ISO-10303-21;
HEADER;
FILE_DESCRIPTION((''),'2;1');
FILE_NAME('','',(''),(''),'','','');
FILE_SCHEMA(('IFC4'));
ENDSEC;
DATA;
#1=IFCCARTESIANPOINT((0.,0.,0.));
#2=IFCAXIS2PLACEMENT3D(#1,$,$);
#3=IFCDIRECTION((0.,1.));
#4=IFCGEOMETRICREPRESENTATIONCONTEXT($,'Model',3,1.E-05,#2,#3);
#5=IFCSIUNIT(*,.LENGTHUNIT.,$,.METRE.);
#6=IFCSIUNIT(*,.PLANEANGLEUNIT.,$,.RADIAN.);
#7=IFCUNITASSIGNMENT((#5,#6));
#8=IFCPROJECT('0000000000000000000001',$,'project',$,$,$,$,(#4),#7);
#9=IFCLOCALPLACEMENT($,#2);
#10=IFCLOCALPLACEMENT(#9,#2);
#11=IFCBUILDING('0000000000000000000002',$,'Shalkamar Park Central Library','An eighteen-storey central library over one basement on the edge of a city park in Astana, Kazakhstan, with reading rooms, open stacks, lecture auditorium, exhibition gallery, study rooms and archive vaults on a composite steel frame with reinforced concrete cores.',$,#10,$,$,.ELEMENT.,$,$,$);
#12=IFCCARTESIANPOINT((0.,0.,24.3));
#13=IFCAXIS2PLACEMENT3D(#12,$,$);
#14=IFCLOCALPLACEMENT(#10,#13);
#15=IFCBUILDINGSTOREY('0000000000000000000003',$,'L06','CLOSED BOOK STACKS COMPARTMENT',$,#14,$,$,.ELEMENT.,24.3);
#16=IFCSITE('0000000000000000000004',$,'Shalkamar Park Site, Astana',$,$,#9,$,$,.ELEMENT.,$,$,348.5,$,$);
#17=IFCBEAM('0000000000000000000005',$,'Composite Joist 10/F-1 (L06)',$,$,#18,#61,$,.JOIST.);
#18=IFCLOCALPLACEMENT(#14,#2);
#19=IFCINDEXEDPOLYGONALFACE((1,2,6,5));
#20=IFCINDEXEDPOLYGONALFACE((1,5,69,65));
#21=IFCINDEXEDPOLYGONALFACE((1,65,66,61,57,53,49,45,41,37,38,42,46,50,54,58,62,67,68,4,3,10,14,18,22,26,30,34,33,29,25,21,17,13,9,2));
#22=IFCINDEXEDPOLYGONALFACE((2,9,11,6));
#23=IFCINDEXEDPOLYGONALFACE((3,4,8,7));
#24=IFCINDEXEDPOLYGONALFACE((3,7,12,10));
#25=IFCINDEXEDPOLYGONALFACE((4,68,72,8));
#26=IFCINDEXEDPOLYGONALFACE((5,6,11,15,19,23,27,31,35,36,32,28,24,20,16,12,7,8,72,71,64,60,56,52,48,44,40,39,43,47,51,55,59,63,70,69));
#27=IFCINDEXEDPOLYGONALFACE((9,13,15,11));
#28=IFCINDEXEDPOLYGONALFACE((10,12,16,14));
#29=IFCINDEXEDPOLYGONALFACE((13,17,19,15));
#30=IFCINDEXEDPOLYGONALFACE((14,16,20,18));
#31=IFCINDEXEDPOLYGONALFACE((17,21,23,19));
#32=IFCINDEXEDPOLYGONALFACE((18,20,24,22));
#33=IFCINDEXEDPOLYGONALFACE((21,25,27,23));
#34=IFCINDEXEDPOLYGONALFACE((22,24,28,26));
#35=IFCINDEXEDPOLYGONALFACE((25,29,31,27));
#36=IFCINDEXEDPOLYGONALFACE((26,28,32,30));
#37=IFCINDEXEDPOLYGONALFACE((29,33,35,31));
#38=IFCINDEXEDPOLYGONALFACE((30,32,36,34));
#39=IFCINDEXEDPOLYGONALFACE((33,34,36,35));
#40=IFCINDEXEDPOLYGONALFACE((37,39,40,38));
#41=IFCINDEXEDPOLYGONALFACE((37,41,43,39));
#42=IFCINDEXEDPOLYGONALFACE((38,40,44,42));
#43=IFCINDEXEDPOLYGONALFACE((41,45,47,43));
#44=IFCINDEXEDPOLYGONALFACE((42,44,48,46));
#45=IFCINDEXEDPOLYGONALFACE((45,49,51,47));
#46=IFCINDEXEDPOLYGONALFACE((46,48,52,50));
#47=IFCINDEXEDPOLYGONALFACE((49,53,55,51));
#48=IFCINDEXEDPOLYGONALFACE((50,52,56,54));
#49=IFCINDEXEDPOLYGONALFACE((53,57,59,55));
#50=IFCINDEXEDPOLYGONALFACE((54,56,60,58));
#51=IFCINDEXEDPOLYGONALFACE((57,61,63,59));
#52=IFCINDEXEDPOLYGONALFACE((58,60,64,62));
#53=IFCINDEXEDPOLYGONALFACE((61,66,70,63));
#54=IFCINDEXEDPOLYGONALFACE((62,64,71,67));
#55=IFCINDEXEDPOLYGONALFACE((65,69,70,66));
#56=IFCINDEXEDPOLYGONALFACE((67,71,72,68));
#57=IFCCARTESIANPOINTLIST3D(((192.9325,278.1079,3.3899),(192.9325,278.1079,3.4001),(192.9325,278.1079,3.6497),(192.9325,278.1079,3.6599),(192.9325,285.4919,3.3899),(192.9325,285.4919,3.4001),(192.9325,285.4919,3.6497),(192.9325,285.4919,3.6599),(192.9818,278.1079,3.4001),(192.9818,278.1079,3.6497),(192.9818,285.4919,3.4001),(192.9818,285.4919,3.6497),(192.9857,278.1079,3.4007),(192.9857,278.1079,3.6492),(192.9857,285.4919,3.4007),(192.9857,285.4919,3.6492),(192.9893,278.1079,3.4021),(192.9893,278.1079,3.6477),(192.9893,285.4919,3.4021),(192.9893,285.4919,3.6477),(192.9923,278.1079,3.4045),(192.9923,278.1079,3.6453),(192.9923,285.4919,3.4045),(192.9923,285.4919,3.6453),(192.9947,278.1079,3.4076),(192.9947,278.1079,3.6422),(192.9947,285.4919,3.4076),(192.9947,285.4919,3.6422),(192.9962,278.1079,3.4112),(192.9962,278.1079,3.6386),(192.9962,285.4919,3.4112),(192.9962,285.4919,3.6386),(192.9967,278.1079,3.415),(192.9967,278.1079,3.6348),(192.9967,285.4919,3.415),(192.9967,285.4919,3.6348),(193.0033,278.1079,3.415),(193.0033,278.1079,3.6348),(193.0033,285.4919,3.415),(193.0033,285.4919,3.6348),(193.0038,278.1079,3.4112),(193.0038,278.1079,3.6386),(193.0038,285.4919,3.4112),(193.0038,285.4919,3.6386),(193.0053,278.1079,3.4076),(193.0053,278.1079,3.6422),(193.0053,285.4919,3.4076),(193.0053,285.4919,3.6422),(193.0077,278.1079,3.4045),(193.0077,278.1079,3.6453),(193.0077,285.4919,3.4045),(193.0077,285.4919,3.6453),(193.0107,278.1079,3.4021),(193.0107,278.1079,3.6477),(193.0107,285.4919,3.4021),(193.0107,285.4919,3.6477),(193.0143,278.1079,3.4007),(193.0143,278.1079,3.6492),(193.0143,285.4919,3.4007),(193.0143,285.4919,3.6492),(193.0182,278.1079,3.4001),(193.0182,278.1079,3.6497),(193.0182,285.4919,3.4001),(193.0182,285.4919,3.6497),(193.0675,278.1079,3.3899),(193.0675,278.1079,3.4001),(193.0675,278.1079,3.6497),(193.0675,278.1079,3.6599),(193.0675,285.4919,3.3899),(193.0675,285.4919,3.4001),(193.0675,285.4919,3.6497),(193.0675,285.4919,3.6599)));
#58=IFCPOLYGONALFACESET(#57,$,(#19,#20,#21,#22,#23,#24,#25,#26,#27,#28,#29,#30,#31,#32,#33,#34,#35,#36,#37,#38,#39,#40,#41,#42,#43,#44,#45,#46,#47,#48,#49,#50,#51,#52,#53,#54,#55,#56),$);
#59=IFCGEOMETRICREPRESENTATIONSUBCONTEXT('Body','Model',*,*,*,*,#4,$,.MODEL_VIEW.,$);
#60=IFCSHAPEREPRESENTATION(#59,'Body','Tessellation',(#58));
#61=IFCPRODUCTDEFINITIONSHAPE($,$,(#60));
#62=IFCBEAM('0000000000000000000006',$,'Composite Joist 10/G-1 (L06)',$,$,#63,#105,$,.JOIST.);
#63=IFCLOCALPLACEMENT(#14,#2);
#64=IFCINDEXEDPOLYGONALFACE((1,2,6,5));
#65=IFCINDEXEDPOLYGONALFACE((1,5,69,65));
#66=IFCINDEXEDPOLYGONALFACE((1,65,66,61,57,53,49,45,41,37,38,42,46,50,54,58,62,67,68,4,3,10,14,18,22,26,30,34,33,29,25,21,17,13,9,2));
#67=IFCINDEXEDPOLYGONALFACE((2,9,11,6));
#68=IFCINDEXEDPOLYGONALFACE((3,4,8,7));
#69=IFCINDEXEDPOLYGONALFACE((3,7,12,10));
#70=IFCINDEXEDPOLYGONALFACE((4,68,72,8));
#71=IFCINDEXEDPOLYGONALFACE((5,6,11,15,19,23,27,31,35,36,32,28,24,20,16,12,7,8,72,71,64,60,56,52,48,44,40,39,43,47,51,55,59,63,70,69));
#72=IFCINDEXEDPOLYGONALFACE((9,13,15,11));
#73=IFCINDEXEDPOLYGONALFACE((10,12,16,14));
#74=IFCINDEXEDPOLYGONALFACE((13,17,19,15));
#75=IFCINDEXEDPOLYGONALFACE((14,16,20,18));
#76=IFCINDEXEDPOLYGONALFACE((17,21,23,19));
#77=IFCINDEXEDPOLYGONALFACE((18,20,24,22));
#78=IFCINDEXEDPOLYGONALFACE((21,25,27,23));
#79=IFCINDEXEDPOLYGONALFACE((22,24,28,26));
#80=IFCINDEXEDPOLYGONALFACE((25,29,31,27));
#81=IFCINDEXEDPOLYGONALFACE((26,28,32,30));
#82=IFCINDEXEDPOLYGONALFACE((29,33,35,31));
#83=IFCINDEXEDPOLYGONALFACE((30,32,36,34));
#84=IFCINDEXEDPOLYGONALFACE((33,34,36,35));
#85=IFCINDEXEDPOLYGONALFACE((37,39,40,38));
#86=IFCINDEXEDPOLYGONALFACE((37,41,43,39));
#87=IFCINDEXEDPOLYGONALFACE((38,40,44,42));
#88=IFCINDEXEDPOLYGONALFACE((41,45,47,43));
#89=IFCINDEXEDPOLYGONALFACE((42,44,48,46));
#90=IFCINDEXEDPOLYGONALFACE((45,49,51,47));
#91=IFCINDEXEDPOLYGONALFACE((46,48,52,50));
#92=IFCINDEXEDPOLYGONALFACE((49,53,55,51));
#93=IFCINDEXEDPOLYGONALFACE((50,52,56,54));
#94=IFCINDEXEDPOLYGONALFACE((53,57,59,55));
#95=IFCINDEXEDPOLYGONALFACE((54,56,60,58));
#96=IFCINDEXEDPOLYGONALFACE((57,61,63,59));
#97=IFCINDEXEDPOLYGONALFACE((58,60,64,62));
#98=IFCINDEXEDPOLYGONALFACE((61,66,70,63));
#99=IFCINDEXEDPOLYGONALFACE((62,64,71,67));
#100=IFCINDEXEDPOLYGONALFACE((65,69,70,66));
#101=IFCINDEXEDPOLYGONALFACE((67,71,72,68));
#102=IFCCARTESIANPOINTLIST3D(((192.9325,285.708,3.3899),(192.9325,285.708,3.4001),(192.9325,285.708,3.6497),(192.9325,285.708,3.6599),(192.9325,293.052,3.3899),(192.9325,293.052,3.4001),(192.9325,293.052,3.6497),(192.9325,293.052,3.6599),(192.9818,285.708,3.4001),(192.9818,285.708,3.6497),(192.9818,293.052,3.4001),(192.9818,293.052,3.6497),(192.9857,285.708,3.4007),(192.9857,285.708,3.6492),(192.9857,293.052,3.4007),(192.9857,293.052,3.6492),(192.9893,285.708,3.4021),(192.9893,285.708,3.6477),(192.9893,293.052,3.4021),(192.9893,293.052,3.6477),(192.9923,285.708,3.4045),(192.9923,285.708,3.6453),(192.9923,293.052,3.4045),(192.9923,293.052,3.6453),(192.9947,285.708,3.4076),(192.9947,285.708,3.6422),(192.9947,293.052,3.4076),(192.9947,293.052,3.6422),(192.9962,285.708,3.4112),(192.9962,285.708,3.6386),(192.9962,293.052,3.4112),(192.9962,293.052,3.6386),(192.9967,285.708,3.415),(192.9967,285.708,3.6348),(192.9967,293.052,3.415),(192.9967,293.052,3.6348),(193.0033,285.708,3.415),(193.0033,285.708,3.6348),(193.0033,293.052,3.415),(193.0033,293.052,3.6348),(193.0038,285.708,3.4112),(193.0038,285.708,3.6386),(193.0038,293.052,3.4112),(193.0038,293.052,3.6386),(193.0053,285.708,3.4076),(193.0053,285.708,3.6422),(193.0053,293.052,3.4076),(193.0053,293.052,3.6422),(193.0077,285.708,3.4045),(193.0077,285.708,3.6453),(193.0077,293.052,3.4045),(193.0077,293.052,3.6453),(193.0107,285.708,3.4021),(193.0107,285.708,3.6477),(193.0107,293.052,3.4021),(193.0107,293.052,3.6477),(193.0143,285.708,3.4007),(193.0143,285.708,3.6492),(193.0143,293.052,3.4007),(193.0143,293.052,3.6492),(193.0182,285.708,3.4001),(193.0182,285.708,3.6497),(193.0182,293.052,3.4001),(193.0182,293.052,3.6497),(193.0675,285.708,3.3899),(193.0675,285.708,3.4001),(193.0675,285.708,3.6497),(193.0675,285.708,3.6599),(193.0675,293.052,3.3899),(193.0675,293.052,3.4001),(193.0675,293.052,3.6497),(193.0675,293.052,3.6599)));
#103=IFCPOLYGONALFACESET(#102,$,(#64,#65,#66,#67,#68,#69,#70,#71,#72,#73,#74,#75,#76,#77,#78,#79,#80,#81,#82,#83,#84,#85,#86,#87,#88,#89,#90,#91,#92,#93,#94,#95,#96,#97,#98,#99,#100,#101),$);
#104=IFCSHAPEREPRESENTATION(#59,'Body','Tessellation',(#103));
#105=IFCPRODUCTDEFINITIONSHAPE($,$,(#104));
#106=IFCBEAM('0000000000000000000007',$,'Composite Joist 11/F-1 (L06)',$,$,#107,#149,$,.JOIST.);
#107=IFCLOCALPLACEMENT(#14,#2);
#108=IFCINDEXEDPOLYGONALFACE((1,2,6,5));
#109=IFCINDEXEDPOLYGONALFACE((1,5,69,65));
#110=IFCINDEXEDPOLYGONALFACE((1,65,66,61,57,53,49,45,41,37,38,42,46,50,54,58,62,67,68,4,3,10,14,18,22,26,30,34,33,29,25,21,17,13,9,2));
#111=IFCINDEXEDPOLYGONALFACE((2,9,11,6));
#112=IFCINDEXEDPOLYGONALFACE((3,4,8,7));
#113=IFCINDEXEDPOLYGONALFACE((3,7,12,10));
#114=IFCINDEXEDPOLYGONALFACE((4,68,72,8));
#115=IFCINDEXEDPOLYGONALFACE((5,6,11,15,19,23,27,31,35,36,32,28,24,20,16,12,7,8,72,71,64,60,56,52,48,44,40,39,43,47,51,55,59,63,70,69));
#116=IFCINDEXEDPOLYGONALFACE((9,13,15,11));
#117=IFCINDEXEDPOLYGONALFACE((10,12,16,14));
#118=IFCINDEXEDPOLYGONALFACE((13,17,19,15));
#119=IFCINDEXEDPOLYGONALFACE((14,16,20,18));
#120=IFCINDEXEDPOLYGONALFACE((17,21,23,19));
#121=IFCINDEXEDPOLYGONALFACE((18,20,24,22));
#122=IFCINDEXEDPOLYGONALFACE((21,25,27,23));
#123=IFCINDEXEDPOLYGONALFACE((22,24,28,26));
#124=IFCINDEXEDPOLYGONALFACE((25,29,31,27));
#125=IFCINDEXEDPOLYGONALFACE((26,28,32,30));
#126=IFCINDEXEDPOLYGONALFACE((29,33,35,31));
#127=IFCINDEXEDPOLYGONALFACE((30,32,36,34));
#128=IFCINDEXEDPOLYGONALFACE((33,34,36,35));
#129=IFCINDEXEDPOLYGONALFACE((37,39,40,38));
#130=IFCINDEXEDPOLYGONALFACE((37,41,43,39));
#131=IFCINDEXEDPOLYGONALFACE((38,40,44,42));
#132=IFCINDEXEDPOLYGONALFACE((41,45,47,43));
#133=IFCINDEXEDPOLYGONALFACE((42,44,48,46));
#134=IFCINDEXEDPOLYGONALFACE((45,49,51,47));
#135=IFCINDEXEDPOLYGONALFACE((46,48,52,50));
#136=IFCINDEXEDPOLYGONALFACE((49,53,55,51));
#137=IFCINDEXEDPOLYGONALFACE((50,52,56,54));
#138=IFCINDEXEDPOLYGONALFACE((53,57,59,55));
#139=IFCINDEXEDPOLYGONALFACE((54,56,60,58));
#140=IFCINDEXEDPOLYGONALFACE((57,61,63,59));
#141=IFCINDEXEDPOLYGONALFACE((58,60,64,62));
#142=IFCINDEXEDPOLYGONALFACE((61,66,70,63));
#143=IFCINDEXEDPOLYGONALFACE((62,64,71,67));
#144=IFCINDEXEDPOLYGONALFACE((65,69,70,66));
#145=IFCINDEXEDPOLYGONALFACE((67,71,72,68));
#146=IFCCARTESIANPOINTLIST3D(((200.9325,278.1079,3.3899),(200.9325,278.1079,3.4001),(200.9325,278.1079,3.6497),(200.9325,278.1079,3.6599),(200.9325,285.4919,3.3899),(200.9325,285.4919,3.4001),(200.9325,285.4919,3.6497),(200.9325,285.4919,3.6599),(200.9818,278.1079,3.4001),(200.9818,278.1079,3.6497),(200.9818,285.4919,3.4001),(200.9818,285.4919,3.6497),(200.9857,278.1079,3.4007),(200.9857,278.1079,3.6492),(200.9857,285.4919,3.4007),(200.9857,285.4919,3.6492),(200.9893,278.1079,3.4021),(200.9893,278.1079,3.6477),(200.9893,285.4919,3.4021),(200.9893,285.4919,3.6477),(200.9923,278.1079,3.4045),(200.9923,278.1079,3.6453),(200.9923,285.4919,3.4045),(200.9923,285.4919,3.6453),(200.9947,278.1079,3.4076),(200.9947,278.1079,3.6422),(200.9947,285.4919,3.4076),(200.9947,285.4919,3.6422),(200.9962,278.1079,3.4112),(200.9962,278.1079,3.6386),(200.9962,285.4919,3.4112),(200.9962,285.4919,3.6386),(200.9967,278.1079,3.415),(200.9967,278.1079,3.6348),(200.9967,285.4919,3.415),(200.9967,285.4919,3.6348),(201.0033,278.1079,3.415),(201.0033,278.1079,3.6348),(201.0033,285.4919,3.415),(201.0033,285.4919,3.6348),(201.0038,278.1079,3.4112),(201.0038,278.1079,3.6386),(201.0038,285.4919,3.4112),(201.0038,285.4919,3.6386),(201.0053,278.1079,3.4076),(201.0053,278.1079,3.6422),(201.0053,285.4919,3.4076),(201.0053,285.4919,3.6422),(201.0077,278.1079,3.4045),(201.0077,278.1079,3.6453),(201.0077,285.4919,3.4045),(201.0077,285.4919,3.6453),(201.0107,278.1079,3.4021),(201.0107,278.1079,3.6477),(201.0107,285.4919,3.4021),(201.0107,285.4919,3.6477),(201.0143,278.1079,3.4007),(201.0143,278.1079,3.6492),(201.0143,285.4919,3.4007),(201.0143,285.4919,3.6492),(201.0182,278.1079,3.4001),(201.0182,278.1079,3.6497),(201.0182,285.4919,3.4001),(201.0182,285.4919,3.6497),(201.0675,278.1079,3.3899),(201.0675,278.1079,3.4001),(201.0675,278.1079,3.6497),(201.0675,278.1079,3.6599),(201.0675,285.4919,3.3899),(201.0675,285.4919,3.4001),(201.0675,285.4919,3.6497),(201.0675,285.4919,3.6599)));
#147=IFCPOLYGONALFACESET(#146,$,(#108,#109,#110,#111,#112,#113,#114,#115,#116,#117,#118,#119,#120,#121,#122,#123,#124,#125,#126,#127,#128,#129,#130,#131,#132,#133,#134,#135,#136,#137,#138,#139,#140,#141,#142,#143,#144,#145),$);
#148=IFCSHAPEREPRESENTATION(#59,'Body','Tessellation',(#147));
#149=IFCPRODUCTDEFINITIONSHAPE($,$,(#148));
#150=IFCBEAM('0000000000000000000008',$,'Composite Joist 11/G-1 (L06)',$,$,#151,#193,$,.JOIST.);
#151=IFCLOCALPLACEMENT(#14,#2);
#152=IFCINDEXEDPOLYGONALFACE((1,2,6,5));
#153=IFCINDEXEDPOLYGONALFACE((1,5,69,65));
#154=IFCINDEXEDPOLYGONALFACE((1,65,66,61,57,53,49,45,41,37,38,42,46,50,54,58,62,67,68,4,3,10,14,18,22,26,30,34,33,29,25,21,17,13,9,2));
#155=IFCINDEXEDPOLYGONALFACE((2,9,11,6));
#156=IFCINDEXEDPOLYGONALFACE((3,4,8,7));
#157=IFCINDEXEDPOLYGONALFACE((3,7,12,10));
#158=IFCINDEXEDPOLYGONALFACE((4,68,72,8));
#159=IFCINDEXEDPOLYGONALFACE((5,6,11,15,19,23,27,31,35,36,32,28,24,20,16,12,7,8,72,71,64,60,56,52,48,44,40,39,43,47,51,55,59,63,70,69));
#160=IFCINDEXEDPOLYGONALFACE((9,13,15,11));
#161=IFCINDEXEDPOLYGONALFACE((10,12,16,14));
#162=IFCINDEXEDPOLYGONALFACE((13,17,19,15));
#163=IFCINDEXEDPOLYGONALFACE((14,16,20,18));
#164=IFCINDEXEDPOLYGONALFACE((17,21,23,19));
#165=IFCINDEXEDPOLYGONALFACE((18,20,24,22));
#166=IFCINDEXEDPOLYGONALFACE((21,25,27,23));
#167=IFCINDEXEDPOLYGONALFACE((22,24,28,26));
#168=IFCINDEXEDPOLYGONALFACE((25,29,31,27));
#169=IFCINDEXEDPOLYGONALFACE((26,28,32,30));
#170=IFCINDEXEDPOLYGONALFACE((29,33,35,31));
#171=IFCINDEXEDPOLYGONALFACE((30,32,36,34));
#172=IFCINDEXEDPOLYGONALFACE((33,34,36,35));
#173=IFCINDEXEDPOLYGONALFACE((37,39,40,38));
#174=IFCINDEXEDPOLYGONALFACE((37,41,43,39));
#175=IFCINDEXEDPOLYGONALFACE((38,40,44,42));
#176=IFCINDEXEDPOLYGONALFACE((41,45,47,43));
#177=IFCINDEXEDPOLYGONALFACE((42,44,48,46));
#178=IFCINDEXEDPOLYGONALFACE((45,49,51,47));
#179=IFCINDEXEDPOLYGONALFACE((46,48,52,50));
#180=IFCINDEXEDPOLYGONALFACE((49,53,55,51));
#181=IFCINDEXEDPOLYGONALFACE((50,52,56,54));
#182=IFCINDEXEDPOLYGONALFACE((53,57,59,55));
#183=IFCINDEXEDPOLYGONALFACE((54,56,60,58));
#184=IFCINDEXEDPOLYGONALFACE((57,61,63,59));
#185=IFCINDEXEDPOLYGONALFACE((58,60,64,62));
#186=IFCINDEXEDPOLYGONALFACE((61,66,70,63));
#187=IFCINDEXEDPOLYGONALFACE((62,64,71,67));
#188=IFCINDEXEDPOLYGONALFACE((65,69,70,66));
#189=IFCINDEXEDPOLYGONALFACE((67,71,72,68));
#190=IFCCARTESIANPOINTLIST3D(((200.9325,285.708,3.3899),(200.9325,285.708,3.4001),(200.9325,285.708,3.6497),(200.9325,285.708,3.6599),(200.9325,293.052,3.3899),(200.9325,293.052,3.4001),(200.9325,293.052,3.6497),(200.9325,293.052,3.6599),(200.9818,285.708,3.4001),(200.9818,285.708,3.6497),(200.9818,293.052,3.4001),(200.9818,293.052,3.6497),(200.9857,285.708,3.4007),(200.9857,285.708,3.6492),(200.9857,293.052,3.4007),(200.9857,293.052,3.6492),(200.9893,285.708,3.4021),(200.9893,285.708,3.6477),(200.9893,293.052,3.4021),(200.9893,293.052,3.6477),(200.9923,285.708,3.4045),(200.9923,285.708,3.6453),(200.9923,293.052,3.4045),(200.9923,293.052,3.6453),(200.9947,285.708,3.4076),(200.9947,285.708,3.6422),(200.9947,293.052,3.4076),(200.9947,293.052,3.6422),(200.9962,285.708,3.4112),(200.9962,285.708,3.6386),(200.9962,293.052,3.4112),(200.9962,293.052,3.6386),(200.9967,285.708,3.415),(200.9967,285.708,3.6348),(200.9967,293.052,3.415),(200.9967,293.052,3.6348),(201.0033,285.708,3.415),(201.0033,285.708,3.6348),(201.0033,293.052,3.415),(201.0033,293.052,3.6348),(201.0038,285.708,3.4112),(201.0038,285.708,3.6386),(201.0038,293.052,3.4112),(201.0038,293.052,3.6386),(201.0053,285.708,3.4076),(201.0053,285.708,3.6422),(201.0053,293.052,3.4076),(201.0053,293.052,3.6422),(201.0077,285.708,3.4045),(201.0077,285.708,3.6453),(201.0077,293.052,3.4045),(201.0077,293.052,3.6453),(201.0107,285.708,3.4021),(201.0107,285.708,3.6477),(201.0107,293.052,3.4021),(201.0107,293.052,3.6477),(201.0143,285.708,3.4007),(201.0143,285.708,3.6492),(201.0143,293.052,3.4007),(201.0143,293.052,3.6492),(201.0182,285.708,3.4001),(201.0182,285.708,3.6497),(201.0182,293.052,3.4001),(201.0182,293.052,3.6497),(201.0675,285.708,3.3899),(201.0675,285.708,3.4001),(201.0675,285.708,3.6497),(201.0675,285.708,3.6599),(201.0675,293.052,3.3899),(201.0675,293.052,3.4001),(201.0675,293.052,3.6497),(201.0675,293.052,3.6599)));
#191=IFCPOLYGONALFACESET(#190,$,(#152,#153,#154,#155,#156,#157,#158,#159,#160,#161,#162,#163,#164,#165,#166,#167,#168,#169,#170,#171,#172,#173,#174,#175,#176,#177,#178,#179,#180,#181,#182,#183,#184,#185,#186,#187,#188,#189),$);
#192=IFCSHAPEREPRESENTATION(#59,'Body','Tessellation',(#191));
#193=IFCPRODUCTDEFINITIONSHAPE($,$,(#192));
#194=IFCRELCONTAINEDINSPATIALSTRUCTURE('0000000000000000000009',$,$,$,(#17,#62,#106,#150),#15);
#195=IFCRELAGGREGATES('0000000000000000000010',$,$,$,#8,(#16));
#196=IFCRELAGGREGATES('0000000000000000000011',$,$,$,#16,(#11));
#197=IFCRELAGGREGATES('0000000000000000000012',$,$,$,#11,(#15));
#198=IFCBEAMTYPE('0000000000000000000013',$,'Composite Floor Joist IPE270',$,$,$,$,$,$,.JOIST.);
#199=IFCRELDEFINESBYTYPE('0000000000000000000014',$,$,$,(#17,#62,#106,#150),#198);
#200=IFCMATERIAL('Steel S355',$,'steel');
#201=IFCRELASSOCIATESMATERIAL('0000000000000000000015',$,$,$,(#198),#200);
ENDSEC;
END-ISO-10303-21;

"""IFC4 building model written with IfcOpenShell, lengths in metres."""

from ifc_helpers import new_model, si_unit, direction, frame, origin, origin_2d, place, context, subcontext, project, spatial, i_section, extrude, material, material_profile, profile_set, type_object, element, save


model = new_model("IFC4")

# Units and contexts
model_context = context("Model", 3, precision=1e-05, world=origin(), true_north=direction((0.0, 1.0)))
body_context = subcontext(model_context, "Body", "Model", "MODEL_VIEW")
ifc_project = project(units=[si_unit("LENGTHUNIT", "METRE"), si_unit("PLANEANGLEUNIT", "RADIAN")], contexts=[model_context])

# Site, building, storey
site_placement = place(None, origin())
site = spatial("IfcSite", under=ifc_project, at=site_placement, Name="Shalkamar Park Site, Astana", CompositionType="ELEMENT", RefElevation=348.5)
building_placement = place(site_placement, origin())
building = spatial("IfcBuilding", under=site, at=building_placement, Name="Shalkamar Park Central Library", Description="An eighteen-storey central library over one basement on the edge of a city park in Astana, Kazakhstan, with reading rooms, open stacks, lecture auditorium, exhibition gallery, study rooms and archive vaults on a composite steel frame with reinforced concrete cores.", CompositionType="ELEMENT")
storey_placement = place(building_placement, frame((0.0, 0.0, 24.3)))
storey = spatial("IfcBuildingStorey", under=building, at=storey_placement, Name="L06", Description="CLOSED BOOK STACKS COMPARTMENT", CompositionType="ELEMENT", Elevation=24.3)

# Shared definitions
ifc_material_1 = material(Name="Steel S355", Category="steel")

# Beams
ifc_material_profile_1 = material_profile(ifc_material_1, i_section(OverallWidth=0.135, OverallDepth=0.27, WebThickness=0.0066, FlangeThickness=0.0103, FilletRadius=0.0149, at=origin_2d()), Name="IPE 270")
ifc_profile_set_1 = profile_set([ifc_material_profile_1], Name="Steel S355")
beam_type_1 = type_object("IfcBeamType", Name="Composite Floor Joist IPE270", PredefinedType="JOIST", material=ifc_profile_set_1)
beam_1_placement = place(storey_placement, frame((193.0, 278.1079, 3.5249), z_axis=(0.0, 1.0, 0.0), x_axis=(-1.0, 0.0, 0.0)))
element("IfcBeam", 1, at=beam_1_placement, inside=storey, type_object=beam_type_1, Name="Composite Joist 10/F-1 (L06)", PredefinedType="JOIST", context=body_context, shape_type="SweptSolid", body=[
    extrude(i_section(OverallWidth=0.135, OverallDepth=0.27, WebThickness=0.0066, FlangeThickness=0.0103, FilletRadius=0.0149, at=origin_2d()), origin(), (0.0, 0.0, 1.0), 7.384),
])
beam_2_placement = place(storey_placement, frame((193.0, 285.708, 3.5249), z_axis=(0.0, 1.0, 0.0), x_axis=(-1.0, 0.0, 0.0)))
element("IfcBeam", 2, at=beam_2_placement, inside=storey, type_object=beam_type_1, Name="Composite Joist 10/G-1 (L06)", PredefinedType="JOIST", context=body_context, shape_type="SweptSolid", body=[
    extrude(i_section(OverallWidth=0.135, OverallDepth=0.27, WebThickness=0.0066, FlangeThickness=0.0103, FilletRadius=0.0149, at=origin_2d()), origin(), (0.0, 0.0, 1.0), 7.344),
])
beam_3_placement = place(storey_placement, frame((201.0, 278.1079, 3.5249), z_axis=(0.0, 1.0, 0.0), x_axis=(-1.0, 0.0, 0.0)))
element("IfcBeam", 3, at=beam_3_placement, inside=storey, type_object=beam_type_1, Name="Composite Joist 11/F-1 (L06)", PredefinedType="JOIST", context=body_context, shape_type="SweptSolid", body=[
    extrude(i_section(OverallWidth=0.135, OverallDepth=0.27, WebThickness=0.0066, FlangeThickness=0.0103, FilletRadius=0.0149, at=origin_2d()), origin(), (0.0, 0.0, 1.0), 7.384),
])
beam_4_placement = place(storey_placement, frame((201.0, 285.708, 3.5249), z_axis=(0.0, 1.0, 0.0), x_axis=(-1.0, 0.0, 0.0)))
element("IfcBeam", 4, at=beam_4_placement, inside=storey, type_object=beam_type_1, Name="Composite Joist 11/G-1 (L06)", PredefinedType="JOIST", context=body_context, shape_type="SweptSolid", body=[
    extrude(i_section(OverallWidth=0.135, OverallDepth=0.27, WebThickness=0.0066, FlangeThickness=0.0103, FilletRadius=0.0149, at=origin_2d()), origin(), (0.0, 0.0, 1.0), 7.344),
])

save(model, "model.ifc")
